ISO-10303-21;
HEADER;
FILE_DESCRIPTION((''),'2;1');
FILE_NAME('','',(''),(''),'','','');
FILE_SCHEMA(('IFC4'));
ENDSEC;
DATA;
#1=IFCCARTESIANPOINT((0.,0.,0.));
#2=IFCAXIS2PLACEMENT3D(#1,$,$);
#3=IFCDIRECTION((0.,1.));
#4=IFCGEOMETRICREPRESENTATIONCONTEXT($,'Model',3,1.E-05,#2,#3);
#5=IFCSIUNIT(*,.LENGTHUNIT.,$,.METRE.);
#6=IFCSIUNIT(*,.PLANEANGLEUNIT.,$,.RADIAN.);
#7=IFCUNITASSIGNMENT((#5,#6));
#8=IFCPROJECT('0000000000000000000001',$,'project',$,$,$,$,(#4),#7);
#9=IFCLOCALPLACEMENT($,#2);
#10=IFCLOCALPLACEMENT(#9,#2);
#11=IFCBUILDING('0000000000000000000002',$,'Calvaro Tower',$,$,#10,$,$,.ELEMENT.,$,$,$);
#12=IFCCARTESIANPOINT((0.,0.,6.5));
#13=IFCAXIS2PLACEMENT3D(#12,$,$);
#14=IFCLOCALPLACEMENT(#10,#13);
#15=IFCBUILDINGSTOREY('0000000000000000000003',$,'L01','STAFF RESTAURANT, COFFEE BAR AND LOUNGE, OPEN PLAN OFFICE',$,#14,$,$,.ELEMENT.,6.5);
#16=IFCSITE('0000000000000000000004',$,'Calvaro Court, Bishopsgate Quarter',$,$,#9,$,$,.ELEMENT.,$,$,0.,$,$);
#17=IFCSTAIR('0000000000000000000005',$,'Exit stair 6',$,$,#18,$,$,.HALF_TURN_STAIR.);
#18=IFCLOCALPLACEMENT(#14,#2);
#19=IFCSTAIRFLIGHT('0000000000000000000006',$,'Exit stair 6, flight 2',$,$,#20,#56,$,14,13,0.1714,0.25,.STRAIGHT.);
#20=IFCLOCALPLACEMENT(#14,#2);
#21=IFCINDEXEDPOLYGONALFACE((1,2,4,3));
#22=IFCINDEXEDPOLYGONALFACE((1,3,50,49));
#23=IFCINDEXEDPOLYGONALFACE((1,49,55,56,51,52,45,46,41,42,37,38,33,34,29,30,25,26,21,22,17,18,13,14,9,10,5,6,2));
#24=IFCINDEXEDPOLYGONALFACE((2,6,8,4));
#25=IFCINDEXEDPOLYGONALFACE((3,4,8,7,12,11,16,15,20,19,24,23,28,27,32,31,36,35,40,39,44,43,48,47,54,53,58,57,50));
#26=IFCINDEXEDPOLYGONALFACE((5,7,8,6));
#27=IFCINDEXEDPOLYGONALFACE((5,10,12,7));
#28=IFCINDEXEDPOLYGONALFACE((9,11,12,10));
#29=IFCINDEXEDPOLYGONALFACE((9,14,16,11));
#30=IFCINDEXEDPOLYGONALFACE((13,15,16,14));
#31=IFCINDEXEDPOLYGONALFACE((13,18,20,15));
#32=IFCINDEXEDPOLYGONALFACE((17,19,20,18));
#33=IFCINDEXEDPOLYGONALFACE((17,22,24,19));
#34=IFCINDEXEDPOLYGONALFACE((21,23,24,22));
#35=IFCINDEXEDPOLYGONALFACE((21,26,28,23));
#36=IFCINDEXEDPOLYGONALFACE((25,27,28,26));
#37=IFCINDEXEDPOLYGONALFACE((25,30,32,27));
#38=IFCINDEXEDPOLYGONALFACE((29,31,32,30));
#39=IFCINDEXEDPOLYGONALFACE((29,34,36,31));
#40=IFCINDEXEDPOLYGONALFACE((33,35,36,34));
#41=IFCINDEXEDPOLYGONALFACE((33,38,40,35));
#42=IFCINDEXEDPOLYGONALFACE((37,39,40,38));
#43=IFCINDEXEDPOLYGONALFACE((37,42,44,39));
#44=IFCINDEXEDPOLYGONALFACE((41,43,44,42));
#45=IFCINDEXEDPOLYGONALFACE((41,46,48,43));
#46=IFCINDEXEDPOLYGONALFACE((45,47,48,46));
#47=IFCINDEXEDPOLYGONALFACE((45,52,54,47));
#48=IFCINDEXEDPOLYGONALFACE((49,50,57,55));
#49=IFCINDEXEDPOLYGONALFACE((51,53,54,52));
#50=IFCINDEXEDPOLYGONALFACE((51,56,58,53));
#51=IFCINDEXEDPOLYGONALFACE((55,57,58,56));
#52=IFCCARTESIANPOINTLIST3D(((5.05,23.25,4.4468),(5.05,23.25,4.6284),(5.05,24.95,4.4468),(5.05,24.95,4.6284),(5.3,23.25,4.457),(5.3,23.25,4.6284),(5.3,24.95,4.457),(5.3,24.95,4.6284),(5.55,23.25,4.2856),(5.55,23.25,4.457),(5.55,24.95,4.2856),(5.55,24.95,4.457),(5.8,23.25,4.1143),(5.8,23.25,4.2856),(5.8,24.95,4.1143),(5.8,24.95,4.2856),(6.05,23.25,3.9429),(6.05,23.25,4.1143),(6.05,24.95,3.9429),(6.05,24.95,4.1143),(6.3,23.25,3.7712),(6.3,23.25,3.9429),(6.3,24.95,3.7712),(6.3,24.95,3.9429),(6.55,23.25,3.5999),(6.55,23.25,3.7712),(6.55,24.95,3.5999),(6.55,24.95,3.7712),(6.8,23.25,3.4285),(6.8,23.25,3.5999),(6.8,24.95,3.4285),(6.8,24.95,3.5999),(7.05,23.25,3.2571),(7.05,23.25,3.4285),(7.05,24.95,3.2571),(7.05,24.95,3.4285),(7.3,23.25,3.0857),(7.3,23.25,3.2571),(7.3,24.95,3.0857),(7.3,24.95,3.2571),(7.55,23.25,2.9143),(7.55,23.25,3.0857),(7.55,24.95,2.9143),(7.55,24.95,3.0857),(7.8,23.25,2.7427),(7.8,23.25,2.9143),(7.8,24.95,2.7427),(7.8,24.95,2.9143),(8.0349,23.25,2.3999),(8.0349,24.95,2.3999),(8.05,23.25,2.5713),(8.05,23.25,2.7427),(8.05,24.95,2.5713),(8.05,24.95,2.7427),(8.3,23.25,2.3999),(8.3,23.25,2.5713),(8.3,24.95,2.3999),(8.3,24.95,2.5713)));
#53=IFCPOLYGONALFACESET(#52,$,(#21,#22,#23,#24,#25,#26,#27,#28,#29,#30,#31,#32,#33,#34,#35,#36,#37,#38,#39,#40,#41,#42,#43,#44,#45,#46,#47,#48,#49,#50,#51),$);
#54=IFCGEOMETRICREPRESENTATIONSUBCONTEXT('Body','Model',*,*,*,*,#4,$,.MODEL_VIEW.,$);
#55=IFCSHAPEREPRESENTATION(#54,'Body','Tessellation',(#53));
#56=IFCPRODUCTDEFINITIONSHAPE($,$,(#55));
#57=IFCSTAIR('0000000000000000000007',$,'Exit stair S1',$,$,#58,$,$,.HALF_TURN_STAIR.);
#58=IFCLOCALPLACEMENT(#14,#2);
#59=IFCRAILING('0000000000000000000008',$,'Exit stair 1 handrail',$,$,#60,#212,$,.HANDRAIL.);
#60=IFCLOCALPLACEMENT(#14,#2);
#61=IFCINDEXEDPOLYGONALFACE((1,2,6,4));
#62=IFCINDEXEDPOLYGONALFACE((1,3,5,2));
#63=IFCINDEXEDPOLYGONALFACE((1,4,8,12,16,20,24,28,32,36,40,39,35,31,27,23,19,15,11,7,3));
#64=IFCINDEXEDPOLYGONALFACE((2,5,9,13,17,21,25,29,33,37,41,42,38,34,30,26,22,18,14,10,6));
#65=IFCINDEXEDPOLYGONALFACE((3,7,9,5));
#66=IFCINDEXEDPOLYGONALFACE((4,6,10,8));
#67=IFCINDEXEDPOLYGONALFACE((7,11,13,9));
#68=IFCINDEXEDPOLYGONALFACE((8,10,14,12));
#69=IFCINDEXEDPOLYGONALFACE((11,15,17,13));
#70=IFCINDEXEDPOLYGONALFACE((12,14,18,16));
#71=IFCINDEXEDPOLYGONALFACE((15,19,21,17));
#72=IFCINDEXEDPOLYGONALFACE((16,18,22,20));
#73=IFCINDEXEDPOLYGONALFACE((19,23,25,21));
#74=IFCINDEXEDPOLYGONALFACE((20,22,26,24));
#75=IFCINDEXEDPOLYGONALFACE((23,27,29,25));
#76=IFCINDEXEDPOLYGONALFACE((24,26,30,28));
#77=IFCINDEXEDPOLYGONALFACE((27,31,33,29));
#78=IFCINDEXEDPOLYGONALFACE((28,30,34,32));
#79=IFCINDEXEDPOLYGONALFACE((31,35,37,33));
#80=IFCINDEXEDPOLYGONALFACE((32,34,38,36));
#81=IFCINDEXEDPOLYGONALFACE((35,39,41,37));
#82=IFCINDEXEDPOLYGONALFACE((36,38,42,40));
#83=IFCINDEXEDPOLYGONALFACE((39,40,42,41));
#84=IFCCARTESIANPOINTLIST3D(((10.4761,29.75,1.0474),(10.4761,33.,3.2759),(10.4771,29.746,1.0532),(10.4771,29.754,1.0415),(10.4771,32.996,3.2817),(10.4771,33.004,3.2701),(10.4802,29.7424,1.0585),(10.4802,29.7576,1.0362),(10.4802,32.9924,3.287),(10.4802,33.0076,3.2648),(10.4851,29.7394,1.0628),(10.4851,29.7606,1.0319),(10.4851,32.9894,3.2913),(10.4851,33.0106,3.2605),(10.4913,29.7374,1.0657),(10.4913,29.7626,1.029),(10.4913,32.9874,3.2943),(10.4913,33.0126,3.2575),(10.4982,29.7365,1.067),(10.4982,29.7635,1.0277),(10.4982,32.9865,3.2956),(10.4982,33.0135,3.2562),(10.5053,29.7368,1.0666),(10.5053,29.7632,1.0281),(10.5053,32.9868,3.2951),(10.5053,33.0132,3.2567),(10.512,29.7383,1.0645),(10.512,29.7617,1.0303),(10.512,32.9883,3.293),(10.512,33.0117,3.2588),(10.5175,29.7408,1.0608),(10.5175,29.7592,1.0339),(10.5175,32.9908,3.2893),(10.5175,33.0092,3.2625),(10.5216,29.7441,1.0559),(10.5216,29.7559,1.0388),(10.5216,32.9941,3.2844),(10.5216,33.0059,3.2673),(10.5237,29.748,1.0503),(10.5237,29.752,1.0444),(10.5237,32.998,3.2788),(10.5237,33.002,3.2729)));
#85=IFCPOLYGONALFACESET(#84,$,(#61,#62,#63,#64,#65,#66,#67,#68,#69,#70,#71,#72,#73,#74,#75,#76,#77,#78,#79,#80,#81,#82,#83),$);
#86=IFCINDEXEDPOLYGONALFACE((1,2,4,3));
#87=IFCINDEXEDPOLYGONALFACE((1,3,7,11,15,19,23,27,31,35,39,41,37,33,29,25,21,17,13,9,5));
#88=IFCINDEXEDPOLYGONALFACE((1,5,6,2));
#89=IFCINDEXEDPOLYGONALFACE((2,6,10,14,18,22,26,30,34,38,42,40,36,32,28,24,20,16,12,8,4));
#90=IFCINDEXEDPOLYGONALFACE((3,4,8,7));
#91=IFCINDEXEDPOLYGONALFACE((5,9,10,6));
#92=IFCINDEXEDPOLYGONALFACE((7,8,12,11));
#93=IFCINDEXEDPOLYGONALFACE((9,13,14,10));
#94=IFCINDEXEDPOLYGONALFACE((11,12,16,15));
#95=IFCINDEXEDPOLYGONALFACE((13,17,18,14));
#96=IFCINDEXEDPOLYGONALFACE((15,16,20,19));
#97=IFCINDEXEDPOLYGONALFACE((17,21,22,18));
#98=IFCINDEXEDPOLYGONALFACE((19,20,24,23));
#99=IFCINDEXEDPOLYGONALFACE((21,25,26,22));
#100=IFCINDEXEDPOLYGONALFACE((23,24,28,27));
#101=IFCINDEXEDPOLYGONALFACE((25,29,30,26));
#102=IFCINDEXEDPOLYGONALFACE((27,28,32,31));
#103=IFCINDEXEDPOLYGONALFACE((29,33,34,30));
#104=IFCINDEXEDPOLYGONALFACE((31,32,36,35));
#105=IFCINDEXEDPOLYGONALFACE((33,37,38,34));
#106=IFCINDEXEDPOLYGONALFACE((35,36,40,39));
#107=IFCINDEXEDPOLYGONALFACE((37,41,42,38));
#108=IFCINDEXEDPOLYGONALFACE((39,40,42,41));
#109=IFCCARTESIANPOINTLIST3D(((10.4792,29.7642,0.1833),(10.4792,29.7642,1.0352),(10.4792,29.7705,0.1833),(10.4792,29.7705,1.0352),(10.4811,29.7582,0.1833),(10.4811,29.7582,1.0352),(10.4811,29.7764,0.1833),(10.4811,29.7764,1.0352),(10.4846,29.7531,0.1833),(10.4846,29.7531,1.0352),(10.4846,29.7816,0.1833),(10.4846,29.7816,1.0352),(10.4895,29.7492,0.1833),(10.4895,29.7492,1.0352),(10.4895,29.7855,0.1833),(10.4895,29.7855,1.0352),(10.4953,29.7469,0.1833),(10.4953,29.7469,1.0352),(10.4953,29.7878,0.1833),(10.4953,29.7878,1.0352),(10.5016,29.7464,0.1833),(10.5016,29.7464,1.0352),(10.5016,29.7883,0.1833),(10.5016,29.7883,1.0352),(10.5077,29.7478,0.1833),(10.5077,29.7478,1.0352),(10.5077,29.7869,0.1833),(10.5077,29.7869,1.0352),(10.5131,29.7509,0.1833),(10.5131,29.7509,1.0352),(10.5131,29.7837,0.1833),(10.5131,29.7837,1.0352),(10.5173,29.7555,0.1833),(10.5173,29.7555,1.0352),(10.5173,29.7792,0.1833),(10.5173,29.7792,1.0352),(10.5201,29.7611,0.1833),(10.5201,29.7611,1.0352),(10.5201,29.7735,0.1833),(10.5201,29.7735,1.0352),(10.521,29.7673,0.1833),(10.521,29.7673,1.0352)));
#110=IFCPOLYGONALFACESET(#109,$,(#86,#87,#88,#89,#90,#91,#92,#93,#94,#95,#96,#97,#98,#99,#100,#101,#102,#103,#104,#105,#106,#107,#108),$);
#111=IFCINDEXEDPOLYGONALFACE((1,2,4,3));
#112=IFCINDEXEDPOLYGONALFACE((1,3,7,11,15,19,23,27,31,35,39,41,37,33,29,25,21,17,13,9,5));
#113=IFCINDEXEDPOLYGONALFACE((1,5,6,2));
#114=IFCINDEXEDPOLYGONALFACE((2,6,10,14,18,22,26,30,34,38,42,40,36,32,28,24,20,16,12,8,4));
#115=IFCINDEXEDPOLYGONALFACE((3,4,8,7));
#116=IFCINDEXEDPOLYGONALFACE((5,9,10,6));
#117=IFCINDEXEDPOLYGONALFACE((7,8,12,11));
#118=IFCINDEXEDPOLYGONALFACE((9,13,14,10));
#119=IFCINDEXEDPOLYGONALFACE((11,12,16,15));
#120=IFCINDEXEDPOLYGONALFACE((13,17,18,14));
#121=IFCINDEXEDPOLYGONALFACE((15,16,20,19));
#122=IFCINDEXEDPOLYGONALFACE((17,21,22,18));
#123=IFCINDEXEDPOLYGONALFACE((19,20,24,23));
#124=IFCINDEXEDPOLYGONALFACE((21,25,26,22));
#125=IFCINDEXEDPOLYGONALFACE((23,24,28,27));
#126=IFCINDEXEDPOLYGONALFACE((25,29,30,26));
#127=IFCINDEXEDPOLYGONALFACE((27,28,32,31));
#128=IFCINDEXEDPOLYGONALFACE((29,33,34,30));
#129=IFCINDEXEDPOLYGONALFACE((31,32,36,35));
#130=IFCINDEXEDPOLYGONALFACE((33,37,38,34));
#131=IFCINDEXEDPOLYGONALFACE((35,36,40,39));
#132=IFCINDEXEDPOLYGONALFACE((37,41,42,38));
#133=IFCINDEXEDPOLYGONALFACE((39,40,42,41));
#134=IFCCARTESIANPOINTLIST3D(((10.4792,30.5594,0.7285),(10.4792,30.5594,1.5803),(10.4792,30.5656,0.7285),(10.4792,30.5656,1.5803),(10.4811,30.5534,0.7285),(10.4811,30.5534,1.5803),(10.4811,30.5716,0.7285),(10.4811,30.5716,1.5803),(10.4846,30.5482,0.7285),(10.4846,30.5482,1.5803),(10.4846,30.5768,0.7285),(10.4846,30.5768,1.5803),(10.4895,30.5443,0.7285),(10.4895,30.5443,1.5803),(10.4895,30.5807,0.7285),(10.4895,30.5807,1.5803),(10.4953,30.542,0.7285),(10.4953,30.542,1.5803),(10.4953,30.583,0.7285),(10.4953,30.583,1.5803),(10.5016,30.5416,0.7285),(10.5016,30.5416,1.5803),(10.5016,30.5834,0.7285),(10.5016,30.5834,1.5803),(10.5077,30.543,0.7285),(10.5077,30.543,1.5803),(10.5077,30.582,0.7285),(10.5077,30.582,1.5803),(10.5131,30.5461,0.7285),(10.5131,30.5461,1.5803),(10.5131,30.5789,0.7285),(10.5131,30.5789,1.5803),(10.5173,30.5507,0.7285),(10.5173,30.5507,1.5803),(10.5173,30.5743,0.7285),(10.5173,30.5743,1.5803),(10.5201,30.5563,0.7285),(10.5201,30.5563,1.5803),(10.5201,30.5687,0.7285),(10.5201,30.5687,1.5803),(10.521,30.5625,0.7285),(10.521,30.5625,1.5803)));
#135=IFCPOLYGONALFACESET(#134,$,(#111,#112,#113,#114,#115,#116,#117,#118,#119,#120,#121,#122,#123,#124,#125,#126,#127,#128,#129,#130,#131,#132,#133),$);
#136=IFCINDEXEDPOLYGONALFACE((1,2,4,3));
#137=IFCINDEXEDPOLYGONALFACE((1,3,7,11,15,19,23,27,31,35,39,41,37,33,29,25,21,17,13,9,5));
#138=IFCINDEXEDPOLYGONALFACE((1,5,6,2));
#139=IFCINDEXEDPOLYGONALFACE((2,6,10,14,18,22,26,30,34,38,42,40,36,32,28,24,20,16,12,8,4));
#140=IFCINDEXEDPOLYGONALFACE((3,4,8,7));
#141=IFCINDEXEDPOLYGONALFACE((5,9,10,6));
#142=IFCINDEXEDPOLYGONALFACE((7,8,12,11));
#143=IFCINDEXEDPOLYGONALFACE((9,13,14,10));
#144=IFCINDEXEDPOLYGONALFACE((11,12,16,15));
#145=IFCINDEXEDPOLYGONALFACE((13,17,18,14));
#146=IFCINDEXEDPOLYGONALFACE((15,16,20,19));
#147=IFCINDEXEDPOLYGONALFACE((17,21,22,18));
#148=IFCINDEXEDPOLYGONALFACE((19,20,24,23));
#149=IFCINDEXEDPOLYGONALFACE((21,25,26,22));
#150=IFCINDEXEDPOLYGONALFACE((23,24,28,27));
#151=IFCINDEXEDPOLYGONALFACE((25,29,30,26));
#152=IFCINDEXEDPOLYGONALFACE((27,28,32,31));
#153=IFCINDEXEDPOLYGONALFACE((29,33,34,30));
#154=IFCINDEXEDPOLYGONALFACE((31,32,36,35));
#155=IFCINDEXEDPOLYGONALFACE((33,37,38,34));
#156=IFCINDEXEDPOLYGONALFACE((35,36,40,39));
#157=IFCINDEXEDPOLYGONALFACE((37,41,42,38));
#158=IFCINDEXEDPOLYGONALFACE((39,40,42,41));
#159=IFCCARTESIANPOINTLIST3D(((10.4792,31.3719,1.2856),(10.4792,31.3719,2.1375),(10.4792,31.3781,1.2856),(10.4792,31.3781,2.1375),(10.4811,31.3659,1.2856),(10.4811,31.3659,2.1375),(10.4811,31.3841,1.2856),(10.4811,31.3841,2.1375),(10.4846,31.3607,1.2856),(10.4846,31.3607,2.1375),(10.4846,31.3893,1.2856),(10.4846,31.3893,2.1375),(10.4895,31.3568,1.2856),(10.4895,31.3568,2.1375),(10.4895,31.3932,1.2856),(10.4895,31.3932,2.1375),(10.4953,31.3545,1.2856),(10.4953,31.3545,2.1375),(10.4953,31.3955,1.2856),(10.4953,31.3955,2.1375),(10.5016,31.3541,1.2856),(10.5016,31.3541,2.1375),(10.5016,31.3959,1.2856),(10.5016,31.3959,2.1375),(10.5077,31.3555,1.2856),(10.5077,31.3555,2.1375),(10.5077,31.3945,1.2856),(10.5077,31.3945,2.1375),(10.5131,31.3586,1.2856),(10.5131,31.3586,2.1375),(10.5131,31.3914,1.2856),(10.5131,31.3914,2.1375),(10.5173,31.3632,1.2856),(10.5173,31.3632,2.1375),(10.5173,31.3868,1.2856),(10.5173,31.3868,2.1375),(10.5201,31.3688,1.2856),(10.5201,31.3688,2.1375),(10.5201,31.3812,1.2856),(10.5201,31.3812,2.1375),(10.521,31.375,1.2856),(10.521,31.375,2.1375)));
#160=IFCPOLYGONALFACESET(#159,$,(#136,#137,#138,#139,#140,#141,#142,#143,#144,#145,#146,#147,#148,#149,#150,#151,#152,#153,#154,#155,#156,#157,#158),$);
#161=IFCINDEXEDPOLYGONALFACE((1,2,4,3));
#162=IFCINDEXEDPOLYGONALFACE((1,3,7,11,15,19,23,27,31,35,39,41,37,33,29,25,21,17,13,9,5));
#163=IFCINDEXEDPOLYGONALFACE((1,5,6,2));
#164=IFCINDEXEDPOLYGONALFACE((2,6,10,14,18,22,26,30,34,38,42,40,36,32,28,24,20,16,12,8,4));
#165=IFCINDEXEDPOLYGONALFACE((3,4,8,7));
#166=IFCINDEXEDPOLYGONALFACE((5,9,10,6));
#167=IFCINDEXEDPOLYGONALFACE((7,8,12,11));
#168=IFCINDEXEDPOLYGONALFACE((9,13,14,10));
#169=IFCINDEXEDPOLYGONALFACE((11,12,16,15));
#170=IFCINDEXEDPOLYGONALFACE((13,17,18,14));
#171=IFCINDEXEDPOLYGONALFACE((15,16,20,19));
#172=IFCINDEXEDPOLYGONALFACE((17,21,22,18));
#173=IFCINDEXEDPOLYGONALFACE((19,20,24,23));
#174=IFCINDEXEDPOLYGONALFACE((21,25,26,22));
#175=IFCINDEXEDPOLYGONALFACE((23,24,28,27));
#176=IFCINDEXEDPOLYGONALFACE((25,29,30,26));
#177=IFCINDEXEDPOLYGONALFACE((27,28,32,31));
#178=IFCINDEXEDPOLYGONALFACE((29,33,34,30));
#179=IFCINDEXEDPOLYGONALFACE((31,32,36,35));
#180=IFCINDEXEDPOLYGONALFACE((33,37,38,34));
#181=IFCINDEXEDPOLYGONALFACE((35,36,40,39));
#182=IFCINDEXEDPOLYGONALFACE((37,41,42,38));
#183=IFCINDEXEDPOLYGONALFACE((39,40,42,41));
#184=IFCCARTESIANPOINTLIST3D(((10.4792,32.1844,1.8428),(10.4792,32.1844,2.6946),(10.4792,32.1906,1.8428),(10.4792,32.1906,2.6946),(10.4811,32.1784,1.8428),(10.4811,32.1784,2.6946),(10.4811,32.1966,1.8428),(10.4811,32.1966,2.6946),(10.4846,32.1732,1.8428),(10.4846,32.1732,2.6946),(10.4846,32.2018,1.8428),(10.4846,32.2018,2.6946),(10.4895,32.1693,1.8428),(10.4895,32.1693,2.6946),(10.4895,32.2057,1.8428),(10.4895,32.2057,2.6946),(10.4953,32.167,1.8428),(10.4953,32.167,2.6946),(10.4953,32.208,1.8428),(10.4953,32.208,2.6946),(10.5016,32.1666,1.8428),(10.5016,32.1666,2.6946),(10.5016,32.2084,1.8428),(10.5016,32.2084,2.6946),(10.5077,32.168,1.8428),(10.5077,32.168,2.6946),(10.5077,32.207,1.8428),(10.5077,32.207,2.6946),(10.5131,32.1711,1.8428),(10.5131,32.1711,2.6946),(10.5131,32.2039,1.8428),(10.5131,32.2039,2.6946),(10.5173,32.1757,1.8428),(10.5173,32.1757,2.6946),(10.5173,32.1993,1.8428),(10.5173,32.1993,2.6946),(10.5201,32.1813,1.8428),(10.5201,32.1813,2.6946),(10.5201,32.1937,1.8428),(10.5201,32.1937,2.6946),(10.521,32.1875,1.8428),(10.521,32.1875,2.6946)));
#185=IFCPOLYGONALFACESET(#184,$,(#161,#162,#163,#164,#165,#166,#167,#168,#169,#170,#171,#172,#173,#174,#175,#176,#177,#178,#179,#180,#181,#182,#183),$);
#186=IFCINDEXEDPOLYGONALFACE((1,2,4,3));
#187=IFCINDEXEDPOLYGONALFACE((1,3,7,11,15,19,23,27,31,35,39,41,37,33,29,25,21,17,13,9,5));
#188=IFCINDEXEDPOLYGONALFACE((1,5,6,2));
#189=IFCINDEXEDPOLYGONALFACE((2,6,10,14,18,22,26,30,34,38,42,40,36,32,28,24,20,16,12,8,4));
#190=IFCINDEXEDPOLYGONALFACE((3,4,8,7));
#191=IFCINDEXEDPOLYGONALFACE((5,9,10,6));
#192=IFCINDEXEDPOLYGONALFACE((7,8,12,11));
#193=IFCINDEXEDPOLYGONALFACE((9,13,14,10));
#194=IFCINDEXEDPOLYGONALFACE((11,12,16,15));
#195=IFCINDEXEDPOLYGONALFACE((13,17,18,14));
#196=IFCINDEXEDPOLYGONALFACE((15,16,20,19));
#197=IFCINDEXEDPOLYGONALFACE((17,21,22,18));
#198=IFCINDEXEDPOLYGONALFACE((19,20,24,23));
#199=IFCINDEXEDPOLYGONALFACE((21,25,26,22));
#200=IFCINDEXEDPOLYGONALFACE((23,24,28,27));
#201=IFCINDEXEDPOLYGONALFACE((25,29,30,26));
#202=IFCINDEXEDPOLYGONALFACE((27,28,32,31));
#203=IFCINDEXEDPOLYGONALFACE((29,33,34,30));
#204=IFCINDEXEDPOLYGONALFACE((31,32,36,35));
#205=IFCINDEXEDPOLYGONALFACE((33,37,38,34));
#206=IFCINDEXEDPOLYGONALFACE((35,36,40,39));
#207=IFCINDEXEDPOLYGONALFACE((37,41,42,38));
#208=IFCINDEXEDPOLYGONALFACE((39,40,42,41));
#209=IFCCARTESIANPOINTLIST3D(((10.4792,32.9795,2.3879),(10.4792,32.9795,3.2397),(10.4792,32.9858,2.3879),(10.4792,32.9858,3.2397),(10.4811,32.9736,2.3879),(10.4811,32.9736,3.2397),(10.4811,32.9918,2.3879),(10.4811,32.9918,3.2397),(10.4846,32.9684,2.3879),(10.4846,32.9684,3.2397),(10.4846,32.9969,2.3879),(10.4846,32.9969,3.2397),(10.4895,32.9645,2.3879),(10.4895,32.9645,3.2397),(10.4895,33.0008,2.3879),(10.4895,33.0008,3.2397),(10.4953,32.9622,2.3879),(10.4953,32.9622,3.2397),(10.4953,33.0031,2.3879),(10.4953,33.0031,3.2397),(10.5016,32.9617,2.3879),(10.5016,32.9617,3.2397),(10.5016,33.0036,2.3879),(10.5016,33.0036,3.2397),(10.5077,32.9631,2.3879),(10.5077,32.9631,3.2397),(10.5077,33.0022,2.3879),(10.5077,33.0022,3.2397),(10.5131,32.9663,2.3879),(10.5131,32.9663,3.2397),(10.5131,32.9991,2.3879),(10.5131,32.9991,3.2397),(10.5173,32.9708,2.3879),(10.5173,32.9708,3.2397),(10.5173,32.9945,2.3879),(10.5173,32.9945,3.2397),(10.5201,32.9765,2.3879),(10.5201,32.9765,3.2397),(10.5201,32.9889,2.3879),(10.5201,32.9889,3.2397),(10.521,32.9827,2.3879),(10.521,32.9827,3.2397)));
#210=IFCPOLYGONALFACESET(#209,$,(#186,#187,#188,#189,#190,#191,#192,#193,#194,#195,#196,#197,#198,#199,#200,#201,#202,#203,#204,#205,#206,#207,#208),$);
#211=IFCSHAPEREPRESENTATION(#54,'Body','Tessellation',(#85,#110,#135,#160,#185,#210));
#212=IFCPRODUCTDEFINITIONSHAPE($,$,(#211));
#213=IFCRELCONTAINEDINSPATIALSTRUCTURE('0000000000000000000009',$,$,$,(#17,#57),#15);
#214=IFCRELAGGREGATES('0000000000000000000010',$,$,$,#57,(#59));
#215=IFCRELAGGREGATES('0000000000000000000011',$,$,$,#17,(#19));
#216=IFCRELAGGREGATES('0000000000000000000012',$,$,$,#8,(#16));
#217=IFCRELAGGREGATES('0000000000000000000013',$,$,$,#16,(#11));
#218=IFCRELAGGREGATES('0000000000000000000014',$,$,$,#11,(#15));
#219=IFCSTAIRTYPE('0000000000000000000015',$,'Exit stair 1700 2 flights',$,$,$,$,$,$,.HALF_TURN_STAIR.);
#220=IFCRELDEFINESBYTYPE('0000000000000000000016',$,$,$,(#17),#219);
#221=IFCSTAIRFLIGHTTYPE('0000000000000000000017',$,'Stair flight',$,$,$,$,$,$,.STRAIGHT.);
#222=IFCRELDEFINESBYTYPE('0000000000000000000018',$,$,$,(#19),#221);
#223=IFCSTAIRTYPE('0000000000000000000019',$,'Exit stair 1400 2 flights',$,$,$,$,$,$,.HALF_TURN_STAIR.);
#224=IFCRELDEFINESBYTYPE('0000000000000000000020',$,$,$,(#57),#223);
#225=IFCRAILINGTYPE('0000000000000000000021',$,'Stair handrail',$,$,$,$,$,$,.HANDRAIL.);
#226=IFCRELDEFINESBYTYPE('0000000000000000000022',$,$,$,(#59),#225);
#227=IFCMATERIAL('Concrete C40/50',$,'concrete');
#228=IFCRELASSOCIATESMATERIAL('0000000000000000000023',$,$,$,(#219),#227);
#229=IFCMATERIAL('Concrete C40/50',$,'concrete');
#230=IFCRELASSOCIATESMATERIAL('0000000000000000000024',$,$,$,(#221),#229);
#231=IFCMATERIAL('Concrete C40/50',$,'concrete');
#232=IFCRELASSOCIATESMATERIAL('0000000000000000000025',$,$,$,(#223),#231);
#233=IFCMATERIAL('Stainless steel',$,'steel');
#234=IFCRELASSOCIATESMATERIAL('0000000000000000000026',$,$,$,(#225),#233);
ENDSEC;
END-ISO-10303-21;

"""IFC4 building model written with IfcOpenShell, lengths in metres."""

from ifc_helpers import new_model, si_unit, direction, frame, origin, origin_2d, place, context, subcontext, project, spatial, polyline, circle, outline, extrude, material, type_object, element, aggregate, save


model = new_model("IFC4")

# Units and contexts
model_context = context("Model", 3, precision=1e-05, world=origin(), true_north=direction((0.0, 1.0)))
body_context = subcontext(model_context, "Body", "Model", "MODEL_VIEW")
ifc_project = project(units=[si_unit("LENGTHUNIT", "METRE"), si_unit("PLANEANGLEUNIT", "RADIAN")], contexts=[model_context])

# Site, building, storey
site_placement = place(None, origin())
site = spatial("IfcSite", under=ifc_project, at=site_placement, Name="Calvaro Court, Bishopsgate Quarter", CompositionType="ELEMENT", RefElevation=0.0)
building_placement = place(site_placement, origin())
building = spatial("IfcBuilding", under=site, at=building_placement, Name="Calvaro Tower", CompositionType="ELEMENT")
storey_placement = place(building_placement, frame((0.0, 0.0, 6.5)))
storey = spatial("IfcBuildingStorey", under=building, at=storey_placement, Name="L01", Description="STAFF RESTAURANT, COFFEE BAR AND LOUNGE, OPEN PLAN OFFICE", CompositionType="ELEMENT", Elevation=6.5)

# Stair, stair flight
ifc_material_1 = material(Name="Concrete C40/50", Category="concrete")
stair_type_1 = type_object("IfcStairType", Name="Exit stair 1700 2 flights", PredefinedType="HALF_TURN_STAIR", material=ifc_material_1)
stair_1_placement = place(storey_placement, origin())
stair_1 = element("IfcStair", 1, at=stair_1_placement, inside=storey, type_object=stair_type_1, Name="Exit stair 6", PredefinedType="HALF_TURN_STAIR")
ifc_material_2 = material(Name="Concrete C40/50", Category="concrete")
stair_flight_type = type_object("IfcStairFlightType", Name="Stair flight", PredefinedType="STRAIGHT", material=ifc_material_2)
stair_flight_placement = place(storey_placement, frame((8.3, 24.1001, 2.3999), z_axis=(0.0, 0.0, 1.0), x_axis=(-1.0, 0.0, 0.0)))
stair_flight = element("IfcStairFlight", 2, at=stair_flight_placement, type_object=stair_flight_type, Name="Exit stair 6, flight 2", NumberOfRisers=14, NumberOfTreads=13, PredefinedType="STRAIGHT", RiserHeight=0.1714, TreadLength=0.25, context=body_context, shape_type="SweptSolid", body=[
    extrude(outline(polyline([(0.0, 0.0), (0.0, 0.1714), (0.25, 0.1714), (0.25, 0.3428), (0.5, 0.3428), (0.5, 0.5144), (0.75, 0.5144), (0.75, 0.6858), (1.0, 0.6858), (1.0, 0.8572), (1.25, 0.8572), (1.25, 1.0286), (1.5, 1.0286), (1.5, 1.2), (1.75, 1.2), (1.75, 1.3713), (2.0, 1.3713), (2.0, 1.543), (2.25, 1.543), (2.25, 1.7144), (2.5, 1.7144), (2.5, 1.8857), (2.75, 1.8857), (2.75, 2.0571), (3.0, 2.0571), (3.0, 2.2285), (3.25, 2.2285), (3.25, 2.3999), (3.25, 2.0469), (0.2651, 0.0), (0.0, 0.0)])), frame((0.0, 0.8501, 0.0), z_axis=(0.0, -1.0, 0.0), x_axis=(1.0, 0.0, 0.0)), (0.0, 0.0, 1.0), 1.7),
])

# Stair, railing
ifc_material_3 = material(Name="Concrete C40/50", Category="concrete")
stair_type_2 = type_object("IfcStairType", Name="Exit stair 1400 2 flights", PredefinedType="HALF_TURN_STAIR", material=ifc_material_3)
stair_2_placement = place(storey_placement, origin())
stair_2 = element("IfcStair", 3, at=stair_2_placement, inside=storey, type_object=stair_type_2, Name="Exit stair S1", PredefinedType="HALF_TURN_STAIR")
ifc_material_4 = material(Name="Stainless steel", Category="steel")
railing_type = type_object("IfcRailingType", Name="Stair handrail", PredefinedType="HANDRAIL", material=ifc_material_4)
railing_1_placement = place(storey_placement, frame((10.5, 29.75, 0.1714)))
railing_1 = element("IfcRailing", 4, at=railing_1_placement, type_object=railing_type, Name="Exit stair 1 handrail", PredefinedType="HANDRAIL", context=body_context, shape_type="SweptSolid", body=[
    extrude(circle(Radius=0.0239, at=origin_2d()), frame((0.0, 0.0, 0.876), z_axis=(0.0, 0.824735, 0.565519), x_axis=(-1.0, 0.0, 0.0)), (0.0, 0.0, 1.0), 3.9407),
    extrude(circle(Radius=0.021, at=origin_2d()), frame((0.0, 0.0173, 0.012)), (0.0, 0.0, 1.0), 0.8518),
    extrude(circle(Radius=0.021, at=origin_2d()), frame((0.0, 0.8125, 0.5571)), (0.0, 0.0, 1.0), 0.8518),
    extrude(circle(Radius=0.021, at=origin_2d()), frame((0.0, 1.625, 1.1143)), (0.0, 0.0, 1.0), 0.8518),
    extrude(circle(Radius=0.021, at=origin_2d()), frame((0.0, 2.4375, 1.6714)), (0.0, 0.0, 1.0), 0.8518),
    extrude(circle(Radius=0.021, at=origin_2d()), frame((0.0, 3.2327, 2.2166)), (0.0, 0.0, 1.0), 0.8518),
])
aggregate(stair_2, [railing_1])

aggregate(stair_1, [stair_flight])

save(model, "model.ifc")
